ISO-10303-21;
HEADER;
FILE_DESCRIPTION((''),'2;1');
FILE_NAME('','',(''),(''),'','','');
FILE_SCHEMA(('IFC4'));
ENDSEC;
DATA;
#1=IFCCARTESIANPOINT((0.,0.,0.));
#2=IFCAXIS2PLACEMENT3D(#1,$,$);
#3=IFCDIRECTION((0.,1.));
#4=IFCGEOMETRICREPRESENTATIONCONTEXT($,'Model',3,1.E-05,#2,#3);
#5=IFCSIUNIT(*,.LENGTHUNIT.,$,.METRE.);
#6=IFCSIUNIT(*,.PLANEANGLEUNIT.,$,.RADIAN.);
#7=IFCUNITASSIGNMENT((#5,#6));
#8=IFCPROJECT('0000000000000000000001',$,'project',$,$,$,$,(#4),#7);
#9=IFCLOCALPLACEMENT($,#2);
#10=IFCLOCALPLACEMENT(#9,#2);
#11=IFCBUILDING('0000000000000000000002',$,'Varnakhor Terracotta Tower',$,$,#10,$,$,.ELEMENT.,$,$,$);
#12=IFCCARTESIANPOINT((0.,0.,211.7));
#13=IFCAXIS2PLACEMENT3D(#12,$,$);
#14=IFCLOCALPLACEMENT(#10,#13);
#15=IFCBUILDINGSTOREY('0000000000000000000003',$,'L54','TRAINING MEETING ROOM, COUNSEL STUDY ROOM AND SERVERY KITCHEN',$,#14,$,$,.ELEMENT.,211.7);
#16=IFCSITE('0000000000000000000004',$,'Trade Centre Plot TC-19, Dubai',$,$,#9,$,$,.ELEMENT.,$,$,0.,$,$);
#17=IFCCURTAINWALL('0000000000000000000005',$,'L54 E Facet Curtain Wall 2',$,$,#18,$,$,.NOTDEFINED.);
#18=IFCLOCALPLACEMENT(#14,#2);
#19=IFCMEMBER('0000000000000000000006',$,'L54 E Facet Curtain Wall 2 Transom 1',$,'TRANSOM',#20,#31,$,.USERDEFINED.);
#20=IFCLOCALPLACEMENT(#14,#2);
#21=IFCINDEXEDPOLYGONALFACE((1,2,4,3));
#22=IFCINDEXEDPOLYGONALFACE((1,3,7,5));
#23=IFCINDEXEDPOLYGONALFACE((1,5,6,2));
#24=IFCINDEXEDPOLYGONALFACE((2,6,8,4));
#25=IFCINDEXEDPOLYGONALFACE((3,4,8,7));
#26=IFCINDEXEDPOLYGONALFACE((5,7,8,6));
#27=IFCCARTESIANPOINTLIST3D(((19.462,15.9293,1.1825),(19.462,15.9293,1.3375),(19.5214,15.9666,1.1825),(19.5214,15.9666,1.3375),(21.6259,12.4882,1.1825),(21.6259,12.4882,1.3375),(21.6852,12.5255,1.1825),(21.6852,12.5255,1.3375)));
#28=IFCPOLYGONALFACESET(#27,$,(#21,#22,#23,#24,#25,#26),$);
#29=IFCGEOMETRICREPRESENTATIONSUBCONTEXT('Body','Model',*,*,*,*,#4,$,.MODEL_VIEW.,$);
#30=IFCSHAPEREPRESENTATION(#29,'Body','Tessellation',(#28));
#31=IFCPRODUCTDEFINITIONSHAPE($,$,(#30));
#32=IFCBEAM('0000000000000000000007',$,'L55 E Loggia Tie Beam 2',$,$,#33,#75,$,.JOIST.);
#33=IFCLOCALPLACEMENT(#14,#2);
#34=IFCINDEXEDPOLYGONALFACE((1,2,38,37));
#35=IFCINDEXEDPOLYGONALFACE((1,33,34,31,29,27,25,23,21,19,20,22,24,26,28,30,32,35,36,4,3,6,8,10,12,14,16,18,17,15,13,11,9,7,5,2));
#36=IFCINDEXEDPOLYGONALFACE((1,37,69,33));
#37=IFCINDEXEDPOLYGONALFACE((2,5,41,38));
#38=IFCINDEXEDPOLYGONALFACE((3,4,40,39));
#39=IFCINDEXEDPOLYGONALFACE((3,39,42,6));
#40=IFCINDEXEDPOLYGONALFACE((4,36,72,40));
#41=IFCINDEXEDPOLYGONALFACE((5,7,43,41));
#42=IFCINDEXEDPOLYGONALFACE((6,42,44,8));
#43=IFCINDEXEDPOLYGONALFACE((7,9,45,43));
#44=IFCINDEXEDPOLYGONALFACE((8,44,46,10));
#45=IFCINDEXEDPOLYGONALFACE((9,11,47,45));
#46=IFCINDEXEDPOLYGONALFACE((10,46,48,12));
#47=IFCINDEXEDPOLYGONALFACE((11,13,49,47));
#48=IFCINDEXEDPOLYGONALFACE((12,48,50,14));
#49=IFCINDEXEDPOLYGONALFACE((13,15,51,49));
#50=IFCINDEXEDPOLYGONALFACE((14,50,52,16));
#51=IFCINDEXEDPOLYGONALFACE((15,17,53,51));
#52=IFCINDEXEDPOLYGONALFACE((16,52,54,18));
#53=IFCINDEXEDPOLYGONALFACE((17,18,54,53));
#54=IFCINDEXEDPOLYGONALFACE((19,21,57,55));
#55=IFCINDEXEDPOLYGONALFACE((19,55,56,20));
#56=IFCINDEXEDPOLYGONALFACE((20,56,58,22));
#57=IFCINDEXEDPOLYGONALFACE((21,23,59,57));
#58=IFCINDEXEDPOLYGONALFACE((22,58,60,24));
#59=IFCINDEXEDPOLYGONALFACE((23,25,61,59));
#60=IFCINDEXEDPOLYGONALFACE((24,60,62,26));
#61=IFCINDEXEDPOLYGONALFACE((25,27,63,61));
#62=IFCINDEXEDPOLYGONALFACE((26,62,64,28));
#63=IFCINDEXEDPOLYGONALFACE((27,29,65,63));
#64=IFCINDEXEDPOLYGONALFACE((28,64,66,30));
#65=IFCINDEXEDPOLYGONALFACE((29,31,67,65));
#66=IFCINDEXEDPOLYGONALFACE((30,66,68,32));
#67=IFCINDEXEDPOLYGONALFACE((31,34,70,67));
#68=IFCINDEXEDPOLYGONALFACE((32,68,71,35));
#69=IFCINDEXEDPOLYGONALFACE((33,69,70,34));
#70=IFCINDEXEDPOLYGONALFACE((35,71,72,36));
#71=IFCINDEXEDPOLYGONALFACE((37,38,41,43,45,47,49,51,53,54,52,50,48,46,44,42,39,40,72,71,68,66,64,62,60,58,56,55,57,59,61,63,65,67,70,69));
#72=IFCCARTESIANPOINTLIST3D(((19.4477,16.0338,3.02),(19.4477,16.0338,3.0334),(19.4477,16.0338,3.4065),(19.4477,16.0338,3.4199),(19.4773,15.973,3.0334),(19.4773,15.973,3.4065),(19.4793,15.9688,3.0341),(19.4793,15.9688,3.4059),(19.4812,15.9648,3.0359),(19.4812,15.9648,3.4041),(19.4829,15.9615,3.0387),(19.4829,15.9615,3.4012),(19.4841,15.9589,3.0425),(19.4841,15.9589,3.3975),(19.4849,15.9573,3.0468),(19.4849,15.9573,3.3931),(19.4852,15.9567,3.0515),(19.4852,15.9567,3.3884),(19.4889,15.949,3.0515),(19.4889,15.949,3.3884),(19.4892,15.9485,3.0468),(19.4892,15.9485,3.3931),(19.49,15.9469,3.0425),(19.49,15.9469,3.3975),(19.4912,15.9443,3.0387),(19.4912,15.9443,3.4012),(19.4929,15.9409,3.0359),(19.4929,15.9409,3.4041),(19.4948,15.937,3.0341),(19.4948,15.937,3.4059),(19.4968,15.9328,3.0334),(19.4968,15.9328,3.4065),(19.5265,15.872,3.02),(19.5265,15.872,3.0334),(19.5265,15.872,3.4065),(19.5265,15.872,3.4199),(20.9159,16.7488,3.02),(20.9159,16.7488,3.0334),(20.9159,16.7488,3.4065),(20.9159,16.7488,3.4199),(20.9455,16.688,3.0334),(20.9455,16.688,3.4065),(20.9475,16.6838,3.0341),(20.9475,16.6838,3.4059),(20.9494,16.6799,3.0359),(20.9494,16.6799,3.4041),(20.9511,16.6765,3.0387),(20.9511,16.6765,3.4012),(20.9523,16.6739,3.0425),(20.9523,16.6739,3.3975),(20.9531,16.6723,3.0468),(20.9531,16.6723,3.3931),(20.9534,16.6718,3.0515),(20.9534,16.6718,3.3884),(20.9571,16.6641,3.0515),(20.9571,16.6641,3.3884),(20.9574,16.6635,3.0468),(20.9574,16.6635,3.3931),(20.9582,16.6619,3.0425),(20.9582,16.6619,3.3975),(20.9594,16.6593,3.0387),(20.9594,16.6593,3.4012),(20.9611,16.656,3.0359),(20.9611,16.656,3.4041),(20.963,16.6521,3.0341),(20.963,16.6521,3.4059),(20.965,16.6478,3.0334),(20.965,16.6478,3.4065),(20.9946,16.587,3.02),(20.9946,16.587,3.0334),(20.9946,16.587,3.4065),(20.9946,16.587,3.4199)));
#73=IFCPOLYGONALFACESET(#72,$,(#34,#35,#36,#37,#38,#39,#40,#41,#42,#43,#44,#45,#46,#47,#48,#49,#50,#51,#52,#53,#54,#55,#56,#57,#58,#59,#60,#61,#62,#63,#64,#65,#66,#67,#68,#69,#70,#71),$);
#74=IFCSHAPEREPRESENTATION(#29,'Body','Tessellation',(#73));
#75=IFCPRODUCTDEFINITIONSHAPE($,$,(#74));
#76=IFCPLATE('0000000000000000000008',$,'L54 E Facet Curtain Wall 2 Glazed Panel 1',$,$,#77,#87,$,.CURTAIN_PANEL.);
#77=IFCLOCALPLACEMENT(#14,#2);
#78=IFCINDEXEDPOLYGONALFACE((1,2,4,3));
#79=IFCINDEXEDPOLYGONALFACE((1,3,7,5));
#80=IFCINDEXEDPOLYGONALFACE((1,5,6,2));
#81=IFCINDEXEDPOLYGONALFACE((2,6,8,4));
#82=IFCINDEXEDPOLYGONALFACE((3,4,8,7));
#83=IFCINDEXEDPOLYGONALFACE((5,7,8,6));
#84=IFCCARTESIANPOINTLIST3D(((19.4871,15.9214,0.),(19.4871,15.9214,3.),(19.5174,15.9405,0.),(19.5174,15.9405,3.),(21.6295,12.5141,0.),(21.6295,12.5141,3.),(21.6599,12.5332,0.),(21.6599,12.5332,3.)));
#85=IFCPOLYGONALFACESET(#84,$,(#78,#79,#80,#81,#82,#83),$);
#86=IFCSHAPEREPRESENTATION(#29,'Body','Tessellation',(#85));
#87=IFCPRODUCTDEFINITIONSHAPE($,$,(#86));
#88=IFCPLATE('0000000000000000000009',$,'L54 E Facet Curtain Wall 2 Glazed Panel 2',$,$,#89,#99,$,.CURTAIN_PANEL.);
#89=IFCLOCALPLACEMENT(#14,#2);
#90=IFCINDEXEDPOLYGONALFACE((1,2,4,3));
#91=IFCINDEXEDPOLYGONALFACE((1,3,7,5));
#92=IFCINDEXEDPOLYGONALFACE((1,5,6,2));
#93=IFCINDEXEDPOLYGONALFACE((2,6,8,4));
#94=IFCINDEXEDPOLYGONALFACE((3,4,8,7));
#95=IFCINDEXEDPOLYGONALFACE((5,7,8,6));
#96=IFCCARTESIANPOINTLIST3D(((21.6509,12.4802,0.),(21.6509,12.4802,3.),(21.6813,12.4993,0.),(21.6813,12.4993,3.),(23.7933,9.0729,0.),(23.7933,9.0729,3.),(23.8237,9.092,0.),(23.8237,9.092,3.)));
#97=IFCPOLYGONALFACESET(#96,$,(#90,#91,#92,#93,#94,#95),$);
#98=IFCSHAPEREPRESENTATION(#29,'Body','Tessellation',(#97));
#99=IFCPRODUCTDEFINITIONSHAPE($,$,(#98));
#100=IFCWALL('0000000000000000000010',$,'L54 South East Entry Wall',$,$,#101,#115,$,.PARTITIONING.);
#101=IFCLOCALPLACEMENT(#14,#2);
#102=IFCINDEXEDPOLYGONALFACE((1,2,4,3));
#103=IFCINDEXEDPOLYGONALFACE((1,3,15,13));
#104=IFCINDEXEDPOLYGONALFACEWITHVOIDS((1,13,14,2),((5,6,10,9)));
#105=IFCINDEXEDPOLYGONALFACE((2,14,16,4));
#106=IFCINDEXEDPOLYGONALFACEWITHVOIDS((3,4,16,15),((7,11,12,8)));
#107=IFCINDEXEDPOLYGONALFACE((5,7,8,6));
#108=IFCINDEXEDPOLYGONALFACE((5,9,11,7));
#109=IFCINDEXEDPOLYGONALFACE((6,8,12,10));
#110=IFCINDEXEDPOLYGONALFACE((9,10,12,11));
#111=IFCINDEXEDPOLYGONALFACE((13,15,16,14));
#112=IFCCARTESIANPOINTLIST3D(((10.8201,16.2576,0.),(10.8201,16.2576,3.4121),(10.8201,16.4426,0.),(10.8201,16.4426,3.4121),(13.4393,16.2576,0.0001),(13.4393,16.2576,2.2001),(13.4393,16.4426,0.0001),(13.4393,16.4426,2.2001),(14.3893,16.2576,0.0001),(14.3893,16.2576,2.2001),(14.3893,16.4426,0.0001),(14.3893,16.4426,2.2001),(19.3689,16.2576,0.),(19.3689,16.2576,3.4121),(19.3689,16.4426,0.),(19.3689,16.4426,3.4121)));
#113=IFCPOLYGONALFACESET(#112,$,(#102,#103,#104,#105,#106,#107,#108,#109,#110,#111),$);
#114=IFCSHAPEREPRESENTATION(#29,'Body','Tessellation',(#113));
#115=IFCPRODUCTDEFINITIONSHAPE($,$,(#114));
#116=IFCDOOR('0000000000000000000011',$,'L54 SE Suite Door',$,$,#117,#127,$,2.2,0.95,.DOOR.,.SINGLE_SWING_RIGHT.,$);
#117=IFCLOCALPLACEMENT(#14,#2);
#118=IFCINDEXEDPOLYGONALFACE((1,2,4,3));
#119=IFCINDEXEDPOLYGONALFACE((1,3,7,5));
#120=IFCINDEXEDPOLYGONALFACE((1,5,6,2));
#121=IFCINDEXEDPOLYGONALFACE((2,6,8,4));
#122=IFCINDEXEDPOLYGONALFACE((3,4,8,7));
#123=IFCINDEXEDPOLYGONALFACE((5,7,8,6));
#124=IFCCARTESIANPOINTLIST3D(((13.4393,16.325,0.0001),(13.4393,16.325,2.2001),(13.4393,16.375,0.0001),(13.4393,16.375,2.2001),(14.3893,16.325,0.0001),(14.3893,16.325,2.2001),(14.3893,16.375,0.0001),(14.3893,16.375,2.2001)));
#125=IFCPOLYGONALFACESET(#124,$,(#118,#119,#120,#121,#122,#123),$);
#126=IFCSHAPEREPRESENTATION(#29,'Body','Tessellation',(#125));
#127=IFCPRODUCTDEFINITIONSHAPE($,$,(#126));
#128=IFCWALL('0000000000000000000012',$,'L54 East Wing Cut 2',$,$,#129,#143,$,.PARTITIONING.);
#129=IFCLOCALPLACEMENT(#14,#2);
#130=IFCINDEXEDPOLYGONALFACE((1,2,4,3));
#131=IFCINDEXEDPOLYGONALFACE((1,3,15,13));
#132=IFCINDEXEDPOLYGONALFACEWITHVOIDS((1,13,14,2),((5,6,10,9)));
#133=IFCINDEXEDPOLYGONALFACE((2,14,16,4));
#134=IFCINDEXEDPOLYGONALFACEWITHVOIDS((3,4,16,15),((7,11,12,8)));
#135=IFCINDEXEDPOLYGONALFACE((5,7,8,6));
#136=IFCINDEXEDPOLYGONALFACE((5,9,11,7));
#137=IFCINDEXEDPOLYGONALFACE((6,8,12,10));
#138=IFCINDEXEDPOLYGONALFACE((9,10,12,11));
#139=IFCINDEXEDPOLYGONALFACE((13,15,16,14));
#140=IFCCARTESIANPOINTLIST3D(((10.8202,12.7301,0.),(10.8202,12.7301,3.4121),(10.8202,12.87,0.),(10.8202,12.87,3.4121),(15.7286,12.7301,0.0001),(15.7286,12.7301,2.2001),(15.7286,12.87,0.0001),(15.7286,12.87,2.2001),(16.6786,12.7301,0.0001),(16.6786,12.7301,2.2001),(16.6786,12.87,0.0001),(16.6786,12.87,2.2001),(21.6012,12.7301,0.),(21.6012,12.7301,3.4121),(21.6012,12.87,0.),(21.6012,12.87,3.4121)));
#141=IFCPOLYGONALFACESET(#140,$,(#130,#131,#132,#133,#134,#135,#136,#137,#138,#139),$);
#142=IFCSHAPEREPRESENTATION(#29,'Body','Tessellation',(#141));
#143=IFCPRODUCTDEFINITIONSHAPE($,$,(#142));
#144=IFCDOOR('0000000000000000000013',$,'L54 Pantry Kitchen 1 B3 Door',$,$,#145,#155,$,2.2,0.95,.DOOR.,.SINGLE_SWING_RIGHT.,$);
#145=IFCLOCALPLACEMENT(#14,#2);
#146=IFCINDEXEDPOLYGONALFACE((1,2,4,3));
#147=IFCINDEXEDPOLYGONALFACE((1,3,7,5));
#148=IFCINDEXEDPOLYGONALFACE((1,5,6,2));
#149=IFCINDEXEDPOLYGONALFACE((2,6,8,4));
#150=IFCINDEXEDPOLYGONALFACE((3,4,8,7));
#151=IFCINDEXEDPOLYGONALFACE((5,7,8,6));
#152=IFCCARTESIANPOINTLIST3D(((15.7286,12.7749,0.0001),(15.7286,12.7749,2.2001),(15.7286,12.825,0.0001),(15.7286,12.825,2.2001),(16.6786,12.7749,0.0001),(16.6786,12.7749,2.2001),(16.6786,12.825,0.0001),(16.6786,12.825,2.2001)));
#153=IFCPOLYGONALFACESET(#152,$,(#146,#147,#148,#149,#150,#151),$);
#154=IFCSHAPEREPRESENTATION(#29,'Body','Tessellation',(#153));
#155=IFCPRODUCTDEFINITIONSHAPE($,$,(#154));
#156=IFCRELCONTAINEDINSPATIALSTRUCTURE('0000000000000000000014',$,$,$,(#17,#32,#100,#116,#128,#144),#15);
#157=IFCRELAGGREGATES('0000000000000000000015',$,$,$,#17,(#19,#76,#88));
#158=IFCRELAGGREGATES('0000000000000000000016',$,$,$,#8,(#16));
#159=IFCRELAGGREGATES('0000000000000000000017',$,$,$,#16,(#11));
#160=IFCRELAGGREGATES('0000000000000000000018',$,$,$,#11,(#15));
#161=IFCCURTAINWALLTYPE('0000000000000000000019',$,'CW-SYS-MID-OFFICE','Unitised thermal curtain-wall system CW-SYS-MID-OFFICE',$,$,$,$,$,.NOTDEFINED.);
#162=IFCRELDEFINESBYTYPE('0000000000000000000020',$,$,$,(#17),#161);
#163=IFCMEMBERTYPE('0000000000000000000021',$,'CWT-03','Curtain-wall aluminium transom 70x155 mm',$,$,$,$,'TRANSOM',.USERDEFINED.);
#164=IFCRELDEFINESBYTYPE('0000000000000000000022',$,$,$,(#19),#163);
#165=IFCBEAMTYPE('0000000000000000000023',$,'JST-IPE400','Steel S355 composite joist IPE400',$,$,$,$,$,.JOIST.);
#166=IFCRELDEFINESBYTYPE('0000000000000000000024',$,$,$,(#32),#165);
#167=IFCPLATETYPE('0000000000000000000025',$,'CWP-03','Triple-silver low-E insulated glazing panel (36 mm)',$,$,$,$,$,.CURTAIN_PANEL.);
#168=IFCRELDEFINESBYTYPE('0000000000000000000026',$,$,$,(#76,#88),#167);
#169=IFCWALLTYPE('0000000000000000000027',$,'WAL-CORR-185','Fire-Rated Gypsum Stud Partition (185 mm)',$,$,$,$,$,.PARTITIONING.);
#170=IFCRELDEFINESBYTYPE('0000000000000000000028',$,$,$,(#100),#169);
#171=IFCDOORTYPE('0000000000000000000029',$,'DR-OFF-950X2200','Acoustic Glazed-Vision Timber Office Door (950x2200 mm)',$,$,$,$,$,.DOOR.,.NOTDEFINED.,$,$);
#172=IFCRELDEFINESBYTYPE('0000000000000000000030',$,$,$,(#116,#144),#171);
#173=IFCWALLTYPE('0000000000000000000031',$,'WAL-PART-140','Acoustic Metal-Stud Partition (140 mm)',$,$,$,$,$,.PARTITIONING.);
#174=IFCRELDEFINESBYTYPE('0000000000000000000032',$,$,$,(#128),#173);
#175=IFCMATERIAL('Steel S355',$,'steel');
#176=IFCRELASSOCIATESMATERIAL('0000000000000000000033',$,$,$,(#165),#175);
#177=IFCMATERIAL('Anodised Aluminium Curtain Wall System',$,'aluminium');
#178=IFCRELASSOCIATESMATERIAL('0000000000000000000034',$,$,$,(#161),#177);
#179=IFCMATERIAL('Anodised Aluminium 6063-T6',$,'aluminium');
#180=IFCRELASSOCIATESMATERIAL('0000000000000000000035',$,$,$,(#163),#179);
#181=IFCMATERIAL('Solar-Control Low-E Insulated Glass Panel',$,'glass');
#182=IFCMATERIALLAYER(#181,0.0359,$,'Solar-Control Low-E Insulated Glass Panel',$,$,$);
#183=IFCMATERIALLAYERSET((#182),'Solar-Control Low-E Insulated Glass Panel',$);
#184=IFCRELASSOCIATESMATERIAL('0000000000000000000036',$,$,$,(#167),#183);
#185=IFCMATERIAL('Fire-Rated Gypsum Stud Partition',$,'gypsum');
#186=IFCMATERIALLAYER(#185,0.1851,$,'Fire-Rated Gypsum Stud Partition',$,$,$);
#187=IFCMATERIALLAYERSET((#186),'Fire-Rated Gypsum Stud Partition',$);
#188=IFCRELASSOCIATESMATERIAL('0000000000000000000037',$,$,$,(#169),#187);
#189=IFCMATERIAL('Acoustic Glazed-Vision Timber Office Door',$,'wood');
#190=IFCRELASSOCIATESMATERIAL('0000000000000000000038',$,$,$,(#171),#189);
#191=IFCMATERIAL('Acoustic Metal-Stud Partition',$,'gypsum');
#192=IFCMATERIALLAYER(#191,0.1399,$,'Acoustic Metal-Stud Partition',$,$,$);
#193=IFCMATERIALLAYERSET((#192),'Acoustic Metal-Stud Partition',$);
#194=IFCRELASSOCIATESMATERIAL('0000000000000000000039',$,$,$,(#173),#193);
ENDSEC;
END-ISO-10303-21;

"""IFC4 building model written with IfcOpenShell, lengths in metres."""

from ifc_helpers import new_model, si_unit, direction, frame, frame_2d, origin, origin_2d, place, context, subcontext, project, spatial, rectangle, i_section, extrude, source, transform, mapped, material, layer, layer_set, material_profile, profile_set, type_object, type_shapes, element, fill, aggregate, save


model = new_model("IFC4")

# Units and contexts
model_context = context("Model", 3, precision=1e-05, world=origin(), true_north=direction((0.0, 1.0)))
body_context = subcontext(model_context, "Body", "Model", "MODEL_VIEW")
ifc_project = project(units=[si_unit("LENGTHUNIT", "METRE"), si_unit("PLANEANGLEUNIT", "RADIAN")], contexts=[model_context])

# Site, building, storey
site_placement = place(None, origin())
site = spatial("IfcSite", under=ifc_project, at=site_placement, Name="Trade Centre Plot TC-19, Dubai", CompositionType="ELEMENT", RefElevation=0.0)
building_placement = place(site_placement, origin())
building = spatial("IfcBuilding", under=site, at=building_placement, Name="Varnakhor Terracotta Tower", CompositionType="ELEMENT")
storey_placement = place(building_placement, frame((0.0, 0.0, 211.7)))
storey = spatial("IfcBuildingStorey", under=building, at=storey_placement, Name="L54", Description="TRAINING MEETING ROOM, COUNSEL STUDY ROOM AND SERVERY KITCHEN", CompositionType="ELEMENT", Elevation=211.7)

# Shared definitions
ifc_material_1 = material(Name="Steel S355", Category="steel")
ifc_material_profile_1 = material_profile(ifc_material_1, i_section(OverallWidth=0.1799, OverallDepth=0.3999, WebThickness=0.0085, FlangeThickness=0.0134, FilletRadius=0.0181, at=origin_2d()), Name="IPE400")
ifc_profile_set_1 = profile_set([ifc_material_profile_1], Name="Steel S355")
beam_type_1 = type_object("IfcBeamType", Name="JST-IPE400", Description="Steel S355 composite joist IPE400", PredefinedType="JOIST", material=ifc_profile_set_1)

# Curtain wall, member
ifc_material_2 = material(Name="Anodised Aluminium Curtain Wall System", Category="aluminium")
curtain_wall_type = type_object("IfcCurtainWallType", Name="CW-SYS-MID-OFFICE", Description="Unitised thermal curtain-wall system CW-SYS-MID-OFFICE", PredefinedType="NOTDEFINED", material=ifc_material_2)
curtain_wall_placement = place(storey_placement, origin())
curtain_wall = element("IfcCurtainWall", 1, at=curtain_wall_placement, inside=storey, type_object=curtain_wall_type, Name="L54 E Facet Curtain Wall 2", PredefinedType="NOTDEFINED")
ifc_material_3 = material(Name="Anodised Aluminium 6063-T6", Category="aluminium")
ifc_material_profile_2 = material_profile(ifc_material_3, rectangle(XDim=0.0701, YDim=0.155, at=origin_2d()), Name="ALU TRANSOM 70x155")
ifc_profile_set_2 = profile_set([ifc_material_profile_2], Name="Anodised Aluminium 6063-T6")
member_type_1 = type_object("IfcMemberType", Name="CWT-03", Description="Curtain-wall aluminium transom 70x155 mm", ElementType="TRANSOM", PredefinedType="USERDEFINED", material=ifc_profile_set_2)
shared_shape_1 = source(origin(), body_context, "Body", "SweptSolid", [
    extrude(rectangle(XDim=0.0701, YDim=0.155, at=origin_2d()), origin(), (0.0, 0.0, 1.0), 4.0649),
])
member_1_placement = place(storey_placement, frame((19.4917, 15.948, 1.26), z_axis=(0.532313, -0.846548, 0.0), x_axis=(0.846548, 0.532313, 0.0)))
member_1 = element("IfcMember", 2, at=member_1_placement, type_object=member_type_1, Name="L54 E Facet Curtain Wall 2 Transom 1", ObjectType="TRANSOM", PredefinedType="USERDEFINED", context=body_context, shape_type="MappedRepresentation", body=[
    mapped(shared_shape_1, transform((0.0, 0.0, 0.0), scale=1.0)),
])

# Beam
shared_shape_2 = source(origin(), body_context, "Body", "SweptSolid", [
    extrude(i_section(OverallWidth=0.1799, OverallDepth=0.3999, WebThickness=0.0085, FlangeThickness=0.0134, FilletRadius=0.0181, at=origin_2d()), origin(), (0.0, 0.0, 1.0), 1.6331),
])
beam_1_placement = place(storey_placement, frame((19.4871, 15.9529, 3.22), z_axis=(0.899043, 0.437861, 0.0), x_axis=(-0.437861, 0.899043, 0.0)))
element("IfcBeam", 3, at=beam_1_placement, inside=storey, type_object=beam_type_1, Name="L55 E Loggia Tie Beam 2", PredefinedType="JOIST", context=body_context, shape_type="MappedRepresentation", body=[
    mapped(shared_shape_2, transform((0.0, 0.0, 0.0), scale=1.0)),
])

# Plates
ifc_material_4 = material(Name="Solar-Control Low-E Insulated Glass Panel", Category="glass")
ifc_layer_1 = layer(ifc_material_4, 0.0359, Name="Solar-Control Low-E Insulated Glass Panel")
ifc_layer_set_1 = layer_set([ifc_layer_1], Name="Solar-Control Low-E Insulated Glass Panel")
plate_type = type_object("IfcPlateType", Name="CWP-03", Description="Triple-silver low-E insulated glazing panel (36 mm)", PredefinedType="CURTAIN_PANEL", material=ifc_layer_set_1)
shared_shape_3 = source(origin(), body_context, "Body", "SweptSolid", [
    extrude(rectangle(XDim=4.0249, YDim=0.0359, at=origin_2d()), origin(), (0.0, 0.0, 1.0), 3.0),
])
plate_1_placement = place(storey_placement, frame((20.5735, 14.2273, 0.0), z_axis=(0.0, 0.0, 1.0), x_axis=(0.5323, -0.846556, 0.0)))
plate_1 = element("IfcPlate", 4, at=plate_1_placement, type_object=plate_type, Name="L54 E Facet Curtain Wall 2 Glazed Panel 1", PredefinedType="CURTAIN_PANEL", context=body_context, shape_type="MappedRepresentation", body=[
    mapped(shared_shape_3, transform((0.0, 0.0, 0.0), scale=1.0)),
])
plate_2_placement = place(storey_placement, frame((22.7373, 10.7861, 0.0), z_axis=(0.0, 0.0, 1.0), x_axis=(0.5323, -0.846556, 0.0)))
plate_2 = element("IfcPlate", 5, at=plate_2_placement, type_object=plate_type, Name="L54 E Facet Curtain Wall 2 Glazed Panel 2", PredefinedType="CURTAIN_PANEL", context=body_context, shape_type="MappedRepresentation", body=[
    mapped(shared_shape_3, transform((0.0, 0.0, 0.0), scale=1.0)),
])
aggregate(curtain_wall, [member_1, plate_1, plate_2])

# Walls, openings, doors
ifc_material_5 = material(Name="Fire-Rated Gypsum Stud Partition", Category="gypsum")
ifc_layer_2 = layer(ifc_material_5, 0.1851, Name="Fire-Rated Gypsum Stud Partition")
ifc_layer_set_2 = layer_set([ifc_layer_2], Name="Fire-Rated Gypsum Stud Partition")
wall_type_1 = type_object("IfcWallType", Name="WAL-CORR-185", Description="Fire-Rated Gypsum Stud Partition (185 mm)", PredefinedType="PARTITIONING", material=ifc_layer_set_2)
wall_1_placement = place(storey_placement, frame((10.8201, 16.3501, 0.0), z_axis=(0.0, 0.0, 1.0), x_axis=(1.0, 0.0, 0.0)))
wall_1 = element("IfcWall", 6, at=wall_1_placement, inside=storey, type_object=wall_type_1, Name="L54 South East Entry Wall", PredefinedType="PARTITIONING", context=body_context, shape_type="SweptSolid", body=[
    extrude(rectangle(XDim=8.5488, YDim=0.1851, at=frame_2d((4.2744, 0.0))), origin(), (0.0, 0.0, 1.0), 3.4121),
])
opening_1_placement = place(wall_1_placement, frame((2.6191, 0.0, 0.0)))
opening_1 = element("IfcOpeningElement", 7, at=opening_1_placement, cuts=wall_1, PredefinedType="OPENING", context=body_context, shape_type="SweptSolid", body=[
    extrude(rectangle(XDim=0.95, YDim=2.2, at=frame_2d((0.4751, 1.1001))), frame((0.0, 0.1025, 0.0), z_axis=(0.0, -1.0, 0.0), x_axis=(1.0, 0.0, 0.0)), (0.0, 0.0, 1.0), 0.2051),
])
ifc_material_6 = material(Name="Acoustic Glazed-Vision Timber Office Door", Category="wood")
door_type = type_object("IfcDoorType", Name="DR-OFF-950X2200", Description="Acoustic Glazed-Vision Timber Office Door (950x2200 mm)", OperationType="NOTDEFINED", PredefinedType="DOOR", material=ifc_material_6)
shared_shape_4 = source(origin(), body_context, "Body", "SweptSolid", [
    extrude(rectangle(XDim=0.95, YDim=2.2, at=frame_2d((0.4751, 1.1001))), frame((0.0, 0.0249, 0.0), z_axis=(0.0, -1.0, 0.0), x_axis=(1.0, 0.0, 0.0)), (0.0, 0.0, 1.0), 0.05),
])
type_shapes(door_type, [shared_shape_4])
door_1_placement = place(opening_1_placement, origin())
door_1 = element("IfcDoor", 8, at=door_1_placement, inside=storey, type_object=door_type, Name="L54 SE Suite Door", OperationType="SINGLE_SWING_RIGHT", OverallHeight=2.2, OverallWidth=0.95, PredefinedType="DOOR", context=body_context, shape_type="MappedRepresentation", body=[
    mapped(shared_shape_4, transform((0.0, 0.0, 0.0), scale=1.0)),
])
fill(opening_1, door_1)
ifc_material_7 = material(Name="Acoustic Metal-Stud Partition", Category="gypsum")
ifc_layer_3 = layer(ifc_material_7, 0.1399, Name="Acoustic Metal-Stud Partition")
ifc_layer_set_3 = layer_set([ifc_layer_3], Name="Acoustic Metal-Stud Partition")
wall_type_2 = type_object("IfcWallType", Name="WAL-PART-140", Description="Acoustic Metal-Stud Partition (140 mm)", PredefinedType="PARTITIONING", material=ifc_layer_set_3)
wall_2_placement = place(storey_placement, frame((10.8201, 12.8, 0.0), z_axis=(0.0, 0.0, 1.0), x_axis=(1.0, 0.0, 0.0)))
wall_2 = element("IfcWall", 9, at=wall_2_placement, inside=storey, type_object=wall_type_2, Name="L54 East Wing Cut 2", PredefinedType="PARTITIONING", context=body_context, shape_type="SweptSolid", body=[
    extrude(rectangle(XDim=10.781, YDim=0.1399, at=frame_2d((5.3906, 0.0))), origin(), (0.0, 0.0, 1.0), 3.4121),
])
opening_2_placement = place(wall_2_placement, frame((4.9084, 0.0, 0.0)))
opening_2 = element("IfcOpeningElement", 10, at=opening_2_placement, cuts=wall_2, PredefinedType="OPENING", context=body_context, shape_type="SweptSolid", body=[
    extrude(rectangle(XDim=0.95, YDim=2.2, at=frame_2d((0.4751, 1.1001))), frame((0.0, 0.0801, 0.0), z_axis=(0.0, -1.0, 0.0), x_axis=(1.0, 0.0, 0.0)), (0.0, 0.0, 1.0), 0.1599),
])
door_2_placement = place(opening_2_placement, origin())
door_2 = element("IfcDoor", 11, at=door_2_placement, inside=storey, type_object=door_type, Name="L54 Pantry Kitchen 1 B3 Door", OperationType="SINGLE_SWING_RIGHT", OverallHeight=2.2, OverallWidth=0.95, PredefinedType="DOOR", context=body_context, shape_type="MappedRepresentation", body=[
    mapped(shared_shape_4, transform((0.0, 0.0, 0.0), scale=1.0)),
])
fill(opening_2, door_2)

save(model, "model.ifc")
